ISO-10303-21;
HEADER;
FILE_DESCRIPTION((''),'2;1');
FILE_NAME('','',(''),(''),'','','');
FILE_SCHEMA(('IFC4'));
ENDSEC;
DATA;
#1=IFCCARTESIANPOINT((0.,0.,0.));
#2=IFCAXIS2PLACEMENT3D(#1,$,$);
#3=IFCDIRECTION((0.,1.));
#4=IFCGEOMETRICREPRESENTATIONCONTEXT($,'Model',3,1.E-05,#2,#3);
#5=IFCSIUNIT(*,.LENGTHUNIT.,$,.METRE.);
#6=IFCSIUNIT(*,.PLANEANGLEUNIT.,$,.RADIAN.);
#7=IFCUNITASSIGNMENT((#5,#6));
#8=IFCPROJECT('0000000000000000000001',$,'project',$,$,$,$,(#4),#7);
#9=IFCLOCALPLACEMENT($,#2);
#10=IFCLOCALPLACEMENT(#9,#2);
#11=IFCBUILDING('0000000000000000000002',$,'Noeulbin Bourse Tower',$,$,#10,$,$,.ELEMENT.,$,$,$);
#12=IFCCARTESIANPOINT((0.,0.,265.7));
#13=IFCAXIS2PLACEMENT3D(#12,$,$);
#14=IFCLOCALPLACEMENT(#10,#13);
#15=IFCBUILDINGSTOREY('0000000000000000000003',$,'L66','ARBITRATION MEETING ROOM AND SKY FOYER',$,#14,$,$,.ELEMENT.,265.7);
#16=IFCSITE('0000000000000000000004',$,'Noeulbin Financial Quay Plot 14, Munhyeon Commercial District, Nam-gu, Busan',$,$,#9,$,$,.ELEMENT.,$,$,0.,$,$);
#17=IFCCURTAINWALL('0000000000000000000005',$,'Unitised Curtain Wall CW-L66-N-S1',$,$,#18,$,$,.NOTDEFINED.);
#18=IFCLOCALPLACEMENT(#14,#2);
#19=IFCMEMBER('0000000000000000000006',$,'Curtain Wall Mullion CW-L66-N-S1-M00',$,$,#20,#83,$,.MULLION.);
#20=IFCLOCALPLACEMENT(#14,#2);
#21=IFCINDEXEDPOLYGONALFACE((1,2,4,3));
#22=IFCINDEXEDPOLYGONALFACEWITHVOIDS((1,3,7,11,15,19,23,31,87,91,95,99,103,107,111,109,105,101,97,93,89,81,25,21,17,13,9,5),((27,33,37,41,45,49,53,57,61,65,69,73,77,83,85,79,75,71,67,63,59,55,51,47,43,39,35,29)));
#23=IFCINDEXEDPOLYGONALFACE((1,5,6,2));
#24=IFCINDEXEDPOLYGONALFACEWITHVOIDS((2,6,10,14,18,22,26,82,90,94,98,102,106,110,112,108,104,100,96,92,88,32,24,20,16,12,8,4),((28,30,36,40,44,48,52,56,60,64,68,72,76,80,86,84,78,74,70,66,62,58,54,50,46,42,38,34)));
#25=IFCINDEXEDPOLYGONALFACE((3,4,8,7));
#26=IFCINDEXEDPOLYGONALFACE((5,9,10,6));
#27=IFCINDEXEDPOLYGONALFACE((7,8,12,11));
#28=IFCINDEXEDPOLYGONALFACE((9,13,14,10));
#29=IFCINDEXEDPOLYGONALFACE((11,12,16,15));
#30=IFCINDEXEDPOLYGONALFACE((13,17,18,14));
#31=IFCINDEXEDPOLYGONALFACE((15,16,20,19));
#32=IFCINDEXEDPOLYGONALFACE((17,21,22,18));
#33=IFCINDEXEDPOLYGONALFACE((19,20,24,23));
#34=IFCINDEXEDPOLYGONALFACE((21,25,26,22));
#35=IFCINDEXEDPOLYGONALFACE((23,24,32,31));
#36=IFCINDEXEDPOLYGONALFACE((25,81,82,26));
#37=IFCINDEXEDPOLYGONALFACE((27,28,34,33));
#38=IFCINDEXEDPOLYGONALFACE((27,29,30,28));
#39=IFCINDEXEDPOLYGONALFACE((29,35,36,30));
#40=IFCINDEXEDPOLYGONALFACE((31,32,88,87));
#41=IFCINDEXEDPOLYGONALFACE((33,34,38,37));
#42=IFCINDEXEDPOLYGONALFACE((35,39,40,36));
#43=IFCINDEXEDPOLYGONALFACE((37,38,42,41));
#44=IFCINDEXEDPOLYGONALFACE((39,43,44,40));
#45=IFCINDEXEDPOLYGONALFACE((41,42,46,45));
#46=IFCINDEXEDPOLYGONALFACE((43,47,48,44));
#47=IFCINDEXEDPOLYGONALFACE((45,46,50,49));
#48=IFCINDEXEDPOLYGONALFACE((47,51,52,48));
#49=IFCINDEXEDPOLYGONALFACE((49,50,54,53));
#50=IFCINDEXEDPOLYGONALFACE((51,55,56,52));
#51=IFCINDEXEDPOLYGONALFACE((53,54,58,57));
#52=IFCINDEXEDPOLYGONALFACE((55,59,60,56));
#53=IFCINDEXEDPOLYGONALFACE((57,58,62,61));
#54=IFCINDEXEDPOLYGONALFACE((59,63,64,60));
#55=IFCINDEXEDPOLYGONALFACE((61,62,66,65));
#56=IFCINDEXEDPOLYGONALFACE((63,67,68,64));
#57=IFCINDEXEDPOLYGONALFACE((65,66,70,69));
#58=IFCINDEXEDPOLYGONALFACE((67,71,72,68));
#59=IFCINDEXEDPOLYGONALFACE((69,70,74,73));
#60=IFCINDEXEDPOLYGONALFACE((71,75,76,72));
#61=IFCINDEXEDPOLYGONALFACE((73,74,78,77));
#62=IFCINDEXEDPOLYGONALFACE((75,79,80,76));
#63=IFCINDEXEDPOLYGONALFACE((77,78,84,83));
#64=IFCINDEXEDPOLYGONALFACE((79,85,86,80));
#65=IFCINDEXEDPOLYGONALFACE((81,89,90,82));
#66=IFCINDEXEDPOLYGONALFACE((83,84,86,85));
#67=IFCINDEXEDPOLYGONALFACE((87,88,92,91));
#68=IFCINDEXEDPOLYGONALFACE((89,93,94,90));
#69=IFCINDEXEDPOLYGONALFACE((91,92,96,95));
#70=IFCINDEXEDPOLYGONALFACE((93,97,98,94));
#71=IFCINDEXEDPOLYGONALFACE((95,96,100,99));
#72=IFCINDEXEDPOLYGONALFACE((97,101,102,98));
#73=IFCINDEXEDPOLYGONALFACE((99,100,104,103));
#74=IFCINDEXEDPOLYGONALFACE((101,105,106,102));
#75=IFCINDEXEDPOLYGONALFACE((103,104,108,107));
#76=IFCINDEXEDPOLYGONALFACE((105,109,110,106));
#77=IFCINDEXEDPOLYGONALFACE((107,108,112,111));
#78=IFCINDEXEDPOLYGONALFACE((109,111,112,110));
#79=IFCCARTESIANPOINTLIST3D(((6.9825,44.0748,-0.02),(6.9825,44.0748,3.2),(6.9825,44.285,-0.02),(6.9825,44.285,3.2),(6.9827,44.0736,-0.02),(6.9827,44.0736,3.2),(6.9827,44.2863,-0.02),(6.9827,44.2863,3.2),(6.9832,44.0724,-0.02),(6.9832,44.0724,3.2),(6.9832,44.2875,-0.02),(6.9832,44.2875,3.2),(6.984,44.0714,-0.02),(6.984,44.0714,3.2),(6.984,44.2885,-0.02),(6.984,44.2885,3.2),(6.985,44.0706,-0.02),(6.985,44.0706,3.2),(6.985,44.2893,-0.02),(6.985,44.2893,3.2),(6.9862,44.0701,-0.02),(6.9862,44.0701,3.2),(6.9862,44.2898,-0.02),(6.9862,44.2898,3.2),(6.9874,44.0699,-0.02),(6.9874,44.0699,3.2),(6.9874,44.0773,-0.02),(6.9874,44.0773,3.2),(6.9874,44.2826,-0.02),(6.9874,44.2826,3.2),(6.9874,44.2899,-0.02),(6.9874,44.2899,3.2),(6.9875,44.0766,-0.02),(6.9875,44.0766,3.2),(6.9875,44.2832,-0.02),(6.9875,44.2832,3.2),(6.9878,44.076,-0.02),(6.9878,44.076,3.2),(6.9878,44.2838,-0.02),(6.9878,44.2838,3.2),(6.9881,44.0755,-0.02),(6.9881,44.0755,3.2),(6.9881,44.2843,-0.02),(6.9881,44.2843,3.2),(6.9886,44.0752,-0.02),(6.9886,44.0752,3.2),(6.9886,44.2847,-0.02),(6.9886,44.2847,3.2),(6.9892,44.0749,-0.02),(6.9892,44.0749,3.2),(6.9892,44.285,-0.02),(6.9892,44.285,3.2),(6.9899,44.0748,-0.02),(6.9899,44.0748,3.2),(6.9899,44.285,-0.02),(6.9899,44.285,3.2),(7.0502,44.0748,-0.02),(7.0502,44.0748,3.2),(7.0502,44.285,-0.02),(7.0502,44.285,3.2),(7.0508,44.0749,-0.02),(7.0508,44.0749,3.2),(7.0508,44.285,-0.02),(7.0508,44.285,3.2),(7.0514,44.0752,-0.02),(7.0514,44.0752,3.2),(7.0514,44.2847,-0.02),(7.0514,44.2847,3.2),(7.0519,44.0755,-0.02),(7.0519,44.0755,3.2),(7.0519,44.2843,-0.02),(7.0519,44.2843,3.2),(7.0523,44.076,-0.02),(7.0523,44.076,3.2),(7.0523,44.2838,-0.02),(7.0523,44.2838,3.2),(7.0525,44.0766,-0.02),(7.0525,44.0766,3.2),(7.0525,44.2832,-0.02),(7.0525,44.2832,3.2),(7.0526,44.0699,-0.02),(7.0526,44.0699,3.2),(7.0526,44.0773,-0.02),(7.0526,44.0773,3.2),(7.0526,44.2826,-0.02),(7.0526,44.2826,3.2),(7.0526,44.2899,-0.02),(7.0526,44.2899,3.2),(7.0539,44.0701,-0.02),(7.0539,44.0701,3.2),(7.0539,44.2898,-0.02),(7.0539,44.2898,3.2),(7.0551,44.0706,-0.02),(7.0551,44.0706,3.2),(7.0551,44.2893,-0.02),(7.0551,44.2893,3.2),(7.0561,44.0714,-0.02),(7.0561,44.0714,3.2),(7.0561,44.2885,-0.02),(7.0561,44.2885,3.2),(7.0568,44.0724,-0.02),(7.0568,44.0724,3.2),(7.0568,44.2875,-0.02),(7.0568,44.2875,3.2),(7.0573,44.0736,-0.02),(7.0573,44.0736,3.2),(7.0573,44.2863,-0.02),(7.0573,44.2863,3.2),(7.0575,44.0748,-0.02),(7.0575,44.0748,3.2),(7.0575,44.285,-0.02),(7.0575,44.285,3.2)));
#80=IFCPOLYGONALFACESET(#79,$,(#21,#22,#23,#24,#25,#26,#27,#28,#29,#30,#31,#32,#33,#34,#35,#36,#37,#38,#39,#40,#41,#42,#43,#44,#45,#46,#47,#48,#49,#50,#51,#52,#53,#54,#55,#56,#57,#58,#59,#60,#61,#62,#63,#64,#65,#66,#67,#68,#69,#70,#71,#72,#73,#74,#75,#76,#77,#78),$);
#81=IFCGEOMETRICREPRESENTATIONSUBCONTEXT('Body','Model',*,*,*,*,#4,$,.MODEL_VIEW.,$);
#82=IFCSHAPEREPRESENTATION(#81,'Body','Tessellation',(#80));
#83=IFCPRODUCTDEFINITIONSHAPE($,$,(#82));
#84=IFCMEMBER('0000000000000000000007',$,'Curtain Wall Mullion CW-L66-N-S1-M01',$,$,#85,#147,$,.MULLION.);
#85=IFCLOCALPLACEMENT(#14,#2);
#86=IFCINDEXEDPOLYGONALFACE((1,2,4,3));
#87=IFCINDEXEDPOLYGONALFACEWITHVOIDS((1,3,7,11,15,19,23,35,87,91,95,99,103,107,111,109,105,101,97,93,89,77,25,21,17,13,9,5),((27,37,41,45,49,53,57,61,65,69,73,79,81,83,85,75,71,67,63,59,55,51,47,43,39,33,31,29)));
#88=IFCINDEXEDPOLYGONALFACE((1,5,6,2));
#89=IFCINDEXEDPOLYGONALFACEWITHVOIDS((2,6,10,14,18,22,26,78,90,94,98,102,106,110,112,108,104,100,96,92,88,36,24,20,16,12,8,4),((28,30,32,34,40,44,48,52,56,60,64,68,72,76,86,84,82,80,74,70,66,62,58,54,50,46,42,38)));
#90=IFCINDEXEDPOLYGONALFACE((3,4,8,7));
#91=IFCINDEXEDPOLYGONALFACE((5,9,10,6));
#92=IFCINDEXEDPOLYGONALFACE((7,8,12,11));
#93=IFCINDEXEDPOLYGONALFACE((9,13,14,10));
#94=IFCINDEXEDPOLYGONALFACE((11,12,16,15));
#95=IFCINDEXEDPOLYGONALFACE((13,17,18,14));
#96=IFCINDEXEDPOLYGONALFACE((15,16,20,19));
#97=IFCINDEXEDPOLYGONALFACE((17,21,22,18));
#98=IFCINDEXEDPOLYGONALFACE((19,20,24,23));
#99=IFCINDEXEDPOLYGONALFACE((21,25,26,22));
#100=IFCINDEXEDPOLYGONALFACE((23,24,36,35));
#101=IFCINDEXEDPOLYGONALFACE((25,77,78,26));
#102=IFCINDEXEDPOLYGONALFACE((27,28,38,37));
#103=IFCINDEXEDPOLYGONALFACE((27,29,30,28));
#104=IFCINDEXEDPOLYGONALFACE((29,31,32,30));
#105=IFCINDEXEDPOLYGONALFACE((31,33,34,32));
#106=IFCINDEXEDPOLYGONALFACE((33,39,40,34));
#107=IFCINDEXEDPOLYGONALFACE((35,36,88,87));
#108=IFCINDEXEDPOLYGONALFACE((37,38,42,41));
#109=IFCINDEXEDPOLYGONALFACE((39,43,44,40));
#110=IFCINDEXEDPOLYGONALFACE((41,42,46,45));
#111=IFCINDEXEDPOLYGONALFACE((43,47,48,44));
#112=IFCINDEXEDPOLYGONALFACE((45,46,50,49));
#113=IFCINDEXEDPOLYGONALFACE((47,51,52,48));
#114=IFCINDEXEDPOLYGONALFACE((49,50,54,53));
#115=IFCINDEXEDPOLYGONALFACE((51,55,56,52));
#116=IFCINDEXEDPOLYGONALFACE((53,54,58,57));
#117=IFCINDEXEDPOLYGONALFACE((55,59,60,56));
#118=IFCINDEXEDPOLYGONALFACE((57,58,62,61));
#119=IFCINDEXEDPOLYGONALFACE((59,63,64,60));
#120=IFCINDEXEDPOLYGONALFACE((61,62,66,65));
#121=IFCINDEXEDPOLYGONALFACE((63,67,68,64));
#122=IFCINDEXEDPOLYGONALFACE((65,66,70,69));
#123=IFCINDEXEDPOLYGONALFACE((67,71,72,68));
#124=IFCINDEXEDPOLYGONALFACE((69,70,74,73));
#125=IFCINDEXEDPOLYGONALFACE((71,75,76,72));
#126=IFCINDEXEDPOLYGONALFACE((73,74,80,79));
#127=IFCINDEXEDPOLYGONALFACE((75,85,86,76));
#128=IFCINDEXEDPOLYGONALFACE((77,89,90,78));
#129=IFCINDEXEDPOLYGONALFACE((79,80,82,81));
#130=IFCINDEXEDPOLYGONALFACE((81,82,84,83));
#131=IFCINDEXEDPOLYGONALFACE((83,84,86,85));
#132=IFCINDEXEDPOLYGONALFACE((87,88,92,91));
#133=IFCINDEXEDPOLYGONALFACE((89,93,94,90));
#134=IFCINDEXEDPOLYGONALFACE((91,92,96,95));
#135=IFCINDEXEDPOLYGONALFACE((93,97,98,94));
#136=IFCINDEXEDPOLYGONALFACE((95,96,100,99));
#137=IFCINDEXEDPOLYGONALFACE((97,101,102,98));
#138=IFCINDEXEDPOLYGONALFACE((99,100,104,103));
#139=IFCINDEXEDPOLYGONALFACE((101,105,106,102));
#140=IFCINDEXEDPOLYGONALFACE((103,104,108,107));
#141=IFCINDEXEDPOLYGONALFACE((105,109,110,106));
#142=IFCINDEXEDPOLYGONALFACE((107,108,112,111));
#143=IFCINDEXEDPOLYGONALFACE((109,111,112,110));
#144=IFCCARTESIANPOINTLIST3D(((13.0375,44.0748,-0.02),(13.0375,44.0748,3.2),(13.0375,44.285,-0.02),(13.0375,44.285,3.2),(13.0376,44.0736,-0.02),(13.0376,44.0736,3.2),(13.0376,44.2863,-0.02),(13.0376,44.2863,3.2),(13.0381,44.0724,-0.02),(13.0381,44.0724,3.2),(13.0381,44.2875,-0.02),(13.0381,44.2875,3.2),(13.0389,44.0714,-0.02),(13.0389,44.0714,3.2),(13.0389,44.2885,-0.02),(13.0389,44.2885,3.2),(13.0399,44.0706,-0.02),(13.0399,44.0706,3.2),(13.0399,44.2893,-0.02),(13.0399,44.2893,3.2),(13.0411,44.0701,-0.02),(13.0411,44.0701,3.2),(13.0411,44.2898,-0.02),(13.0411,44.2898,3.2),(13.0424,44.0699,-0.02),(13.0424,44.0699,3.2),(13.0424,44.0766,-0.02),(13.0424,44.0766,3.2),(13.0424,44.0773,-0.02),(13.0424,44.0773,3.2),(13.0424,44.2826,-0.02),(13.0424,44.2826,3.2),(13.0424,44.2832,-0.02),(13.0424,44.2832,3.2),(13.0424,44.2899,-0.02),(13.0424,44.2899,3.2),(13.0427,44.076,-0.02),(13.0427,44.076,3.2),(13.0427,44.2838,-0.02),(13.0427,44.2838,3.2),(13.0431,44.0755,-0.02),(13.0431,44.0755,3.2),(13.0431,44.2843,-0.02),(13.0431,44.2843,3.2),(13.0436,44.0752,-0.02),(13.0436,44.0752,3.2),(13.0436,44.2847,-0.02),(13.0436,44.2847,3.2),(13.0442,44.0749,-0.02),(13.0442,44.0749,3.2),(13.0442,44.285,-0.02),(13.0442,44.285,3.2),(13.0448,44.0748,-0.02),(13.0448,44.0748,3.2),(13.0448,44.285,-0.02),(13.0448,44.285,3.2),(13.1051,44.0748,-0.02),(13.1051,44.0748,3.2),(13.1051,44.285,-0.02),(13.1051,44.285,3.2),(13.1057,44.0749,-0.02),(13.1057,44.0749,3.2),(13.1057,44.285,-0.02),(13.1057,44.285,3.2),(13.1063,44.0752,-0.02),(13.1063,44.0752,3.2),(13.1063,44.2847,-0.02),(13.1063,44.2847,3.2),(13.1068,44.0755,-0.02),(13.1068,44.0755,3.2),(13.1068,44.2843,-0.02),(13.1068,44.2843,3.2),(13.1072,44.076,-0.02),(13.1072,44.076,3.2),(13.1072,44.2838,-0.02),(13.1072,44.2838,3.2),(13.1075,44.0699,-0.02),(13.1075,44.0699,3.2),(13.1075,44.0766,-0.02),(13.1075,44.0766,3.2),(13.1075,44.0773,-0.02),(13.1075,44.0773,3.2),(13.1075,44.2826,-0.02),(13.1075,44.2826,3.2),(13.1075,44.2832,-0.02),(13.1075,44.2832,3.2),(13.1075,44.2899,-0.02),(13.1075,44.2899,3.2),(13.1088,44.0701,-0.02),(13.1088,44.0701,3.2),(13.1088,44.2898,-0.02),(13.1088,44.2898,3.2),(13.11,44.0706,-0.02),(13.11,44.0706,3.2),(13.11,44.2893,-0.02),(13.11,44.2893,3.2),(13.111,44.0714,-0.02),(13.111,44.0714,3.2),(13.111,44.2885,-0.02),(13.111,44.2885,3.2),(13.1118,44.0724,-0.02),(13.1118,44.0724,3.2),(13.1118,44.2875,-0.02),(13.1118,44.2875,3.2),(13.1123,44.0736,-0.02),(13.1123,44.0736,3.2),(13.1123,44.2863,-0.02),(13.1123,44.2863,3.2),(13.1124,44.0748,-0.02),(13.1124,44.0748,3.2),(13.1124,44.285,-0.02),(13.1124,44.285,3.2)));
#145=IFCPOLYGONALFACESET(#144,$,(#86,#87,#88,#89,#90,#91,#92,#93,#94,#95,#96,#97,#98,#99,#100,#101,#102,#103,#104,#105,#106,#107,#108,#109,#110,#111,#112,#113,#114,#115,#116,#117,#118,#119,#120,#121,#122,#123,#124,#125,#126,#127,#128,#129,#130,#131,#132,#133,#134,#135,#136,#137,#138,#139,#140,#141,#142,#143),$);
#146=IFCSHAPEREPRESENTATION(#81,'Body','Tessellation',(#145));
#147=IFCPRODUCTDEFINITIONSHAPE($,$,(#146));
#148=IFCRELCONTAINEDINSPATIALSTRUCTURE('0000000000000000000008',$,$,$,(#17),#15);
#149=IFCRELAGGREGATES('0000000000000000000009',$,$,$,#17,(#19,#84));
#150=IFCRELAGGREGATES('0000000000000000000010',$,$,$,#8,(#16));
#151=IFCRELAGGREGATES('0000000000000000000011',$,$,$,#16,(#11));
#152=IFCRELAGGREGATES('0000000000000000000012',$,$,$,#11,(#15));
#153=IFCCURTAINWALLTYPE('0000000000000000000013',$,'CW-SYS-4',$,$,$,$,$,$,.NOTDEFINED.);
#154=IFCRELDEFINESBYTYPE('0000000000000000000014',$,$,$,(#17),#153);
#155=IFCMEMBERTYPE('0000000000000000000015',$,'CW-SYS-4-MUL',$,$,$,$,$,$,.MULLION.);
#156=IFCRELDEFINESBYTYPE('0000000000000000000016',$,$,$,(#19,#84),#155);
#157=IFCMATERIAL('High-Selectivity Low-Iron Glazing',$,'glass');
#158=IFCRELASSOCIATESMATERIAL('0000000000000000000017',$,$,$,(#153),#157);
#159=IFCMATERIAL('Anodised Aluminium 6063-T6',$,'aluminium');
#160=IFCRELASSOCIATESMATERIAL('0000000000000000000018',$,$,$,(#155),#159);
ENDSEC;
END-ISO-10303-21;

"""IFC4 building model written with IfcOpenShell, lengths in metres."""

from ifc_helpers import new_model, si_unit, direction, frame, origin, origin_2d, place, context, subcontext, project, spatial, hollow_rectangle, extrude, material, material_profile, profile_set, type_object, element, aggregate, save


model = new_model("IFC4")

# Units and contexts
model_context = context("Model", 3, precision=1e-05, world=origin(), true_north=direction((0.0, 1.0)))
body_context = subcontext(model_context, "Body", "Model", "MODEL_VIEW")
ifc_project = project(units=[si_unit("LENGTHUNIT", "METRE"), si_unit("PLANEANGLEUNIT", "RADIAN")], contexts=[model_context])

# Site, building, storey
site_placement = place(None, origin())
site = spatial("IfcSite", under=ifc_project, at=site_placement, Name="Noeulbin Financial Quay Plot 14, Munhyeon Commercial District, Nam-gu, Busan", CompositionType="ELEMENT", RefElevation=0.0)
building_placement = place(site_placement, origin())
building = spatial("IfcBuilding", under=site, at=building_placement, Name="Noeulbin Bourse Tower", CompositionType="ELEMENT")
storey_placement = place(building_placement, frame((0.0, 0.0, 265.7)))
storey = spatial("IfcBuildingStorey", under=building, at=storey_placement, Name="L66", Description="ARBITRATION MEETING ROOM AND SKY FOYER", CompositionType="ELEMENT", Elevation=265.7)

# Curtain wall, members
ifc_material_1 = material(Name="High-Selectivity Low-Iron Glazing", Category="glass")
curtain_wall_type = type_object("IfcCurtainWallType", Name="CW-SYS-4", PredefinedType="NOTDEFINED", material=ifc_material_1)
curtain_wall_1_placement = place(storey_placement, origin())
curtain_wall_1 = element("IfcCurtainWall", 1, at=curtain_wall_1_placement, inside=storey, type_object=curtain_wall_type, Name="Unitised Curtain Wall CW-L66-N-S1", PredefinedType="NOTDEFINED")
ifc_material_2 = material(Name="Anodised Aluminium 6063-T6", Category="aluminium")
ifc_material_profile_1 = material_profile(ifc_material_2, hollow_rectangle(XDim=0.075, YDim=0.22, WallThickness=0.0049, InnerFilletRadius=0.0024, OuterFilletRadius=0.0049, at=origin_2d()), Name="ALU-MULL-75x220x5", Category="LoadBearing")
ifc_profile_set_1 = profile_set([ifc_material_profile_1], Name="Anodised Aluminium 6063-T6")
member_type_1 = type_object("IfcMemberType", Name="CW-SYS-4-MUL", PredefinedType="MULLION", material=ifc_profile_set_1)
member_1_placement = place(storey_placement, frame((7.02, 44.1799, -0.02), z_axis=(0.0, 0.0, 1.0), x_axis=(1.0, 0.0, 0.0)))
member_1 = element("IfcMember", 2, at=member_1_placement, type_object=member_type_1, Name="Curtain Wall Mullion CW-L66-N-S1-M00", PredefinedType="MULLION", context=body_context, shape_type="SweptSolid", body=[
    extrude(hollow_rectangle(XDim=0.075, YDim=0.22, WallThickness=0.0049, InnerFilletRadius=0.0024, OuterFilletRadius=0.0049, at=origin_2d()), origin(), (0.0, 0.0, 1.0), 3.22),
])
member_2_placement = place(storey_placement, frame((13.075, 44.1799, -0.02), z_axis=(0.0, 0.0, 1.0), x_axis=(1.0, 0.0, 0.0)))
member_2 = element("IfcMember", 3, at=member_2_placement, type_object=member_type_1, Name="Curtain Wall Mullion CW-L66-N-S1-M01", PredefinedType="MULLION", context=body_context, shape_type="SweptSolid", body=[
    extrude(hollow_rectangle(XDim=0.075, YDim=0.22, WallThickness=0.0049, InnerFilletRadius=0.0024, OuterFilletRadius=0.0049, at=origin_2d()), origin(), (0.0, 0.0, 1.0), 3.22),
])

aggregate(curtain_wall_1, [member_1, member_2])

save(model, "model.ifc")
